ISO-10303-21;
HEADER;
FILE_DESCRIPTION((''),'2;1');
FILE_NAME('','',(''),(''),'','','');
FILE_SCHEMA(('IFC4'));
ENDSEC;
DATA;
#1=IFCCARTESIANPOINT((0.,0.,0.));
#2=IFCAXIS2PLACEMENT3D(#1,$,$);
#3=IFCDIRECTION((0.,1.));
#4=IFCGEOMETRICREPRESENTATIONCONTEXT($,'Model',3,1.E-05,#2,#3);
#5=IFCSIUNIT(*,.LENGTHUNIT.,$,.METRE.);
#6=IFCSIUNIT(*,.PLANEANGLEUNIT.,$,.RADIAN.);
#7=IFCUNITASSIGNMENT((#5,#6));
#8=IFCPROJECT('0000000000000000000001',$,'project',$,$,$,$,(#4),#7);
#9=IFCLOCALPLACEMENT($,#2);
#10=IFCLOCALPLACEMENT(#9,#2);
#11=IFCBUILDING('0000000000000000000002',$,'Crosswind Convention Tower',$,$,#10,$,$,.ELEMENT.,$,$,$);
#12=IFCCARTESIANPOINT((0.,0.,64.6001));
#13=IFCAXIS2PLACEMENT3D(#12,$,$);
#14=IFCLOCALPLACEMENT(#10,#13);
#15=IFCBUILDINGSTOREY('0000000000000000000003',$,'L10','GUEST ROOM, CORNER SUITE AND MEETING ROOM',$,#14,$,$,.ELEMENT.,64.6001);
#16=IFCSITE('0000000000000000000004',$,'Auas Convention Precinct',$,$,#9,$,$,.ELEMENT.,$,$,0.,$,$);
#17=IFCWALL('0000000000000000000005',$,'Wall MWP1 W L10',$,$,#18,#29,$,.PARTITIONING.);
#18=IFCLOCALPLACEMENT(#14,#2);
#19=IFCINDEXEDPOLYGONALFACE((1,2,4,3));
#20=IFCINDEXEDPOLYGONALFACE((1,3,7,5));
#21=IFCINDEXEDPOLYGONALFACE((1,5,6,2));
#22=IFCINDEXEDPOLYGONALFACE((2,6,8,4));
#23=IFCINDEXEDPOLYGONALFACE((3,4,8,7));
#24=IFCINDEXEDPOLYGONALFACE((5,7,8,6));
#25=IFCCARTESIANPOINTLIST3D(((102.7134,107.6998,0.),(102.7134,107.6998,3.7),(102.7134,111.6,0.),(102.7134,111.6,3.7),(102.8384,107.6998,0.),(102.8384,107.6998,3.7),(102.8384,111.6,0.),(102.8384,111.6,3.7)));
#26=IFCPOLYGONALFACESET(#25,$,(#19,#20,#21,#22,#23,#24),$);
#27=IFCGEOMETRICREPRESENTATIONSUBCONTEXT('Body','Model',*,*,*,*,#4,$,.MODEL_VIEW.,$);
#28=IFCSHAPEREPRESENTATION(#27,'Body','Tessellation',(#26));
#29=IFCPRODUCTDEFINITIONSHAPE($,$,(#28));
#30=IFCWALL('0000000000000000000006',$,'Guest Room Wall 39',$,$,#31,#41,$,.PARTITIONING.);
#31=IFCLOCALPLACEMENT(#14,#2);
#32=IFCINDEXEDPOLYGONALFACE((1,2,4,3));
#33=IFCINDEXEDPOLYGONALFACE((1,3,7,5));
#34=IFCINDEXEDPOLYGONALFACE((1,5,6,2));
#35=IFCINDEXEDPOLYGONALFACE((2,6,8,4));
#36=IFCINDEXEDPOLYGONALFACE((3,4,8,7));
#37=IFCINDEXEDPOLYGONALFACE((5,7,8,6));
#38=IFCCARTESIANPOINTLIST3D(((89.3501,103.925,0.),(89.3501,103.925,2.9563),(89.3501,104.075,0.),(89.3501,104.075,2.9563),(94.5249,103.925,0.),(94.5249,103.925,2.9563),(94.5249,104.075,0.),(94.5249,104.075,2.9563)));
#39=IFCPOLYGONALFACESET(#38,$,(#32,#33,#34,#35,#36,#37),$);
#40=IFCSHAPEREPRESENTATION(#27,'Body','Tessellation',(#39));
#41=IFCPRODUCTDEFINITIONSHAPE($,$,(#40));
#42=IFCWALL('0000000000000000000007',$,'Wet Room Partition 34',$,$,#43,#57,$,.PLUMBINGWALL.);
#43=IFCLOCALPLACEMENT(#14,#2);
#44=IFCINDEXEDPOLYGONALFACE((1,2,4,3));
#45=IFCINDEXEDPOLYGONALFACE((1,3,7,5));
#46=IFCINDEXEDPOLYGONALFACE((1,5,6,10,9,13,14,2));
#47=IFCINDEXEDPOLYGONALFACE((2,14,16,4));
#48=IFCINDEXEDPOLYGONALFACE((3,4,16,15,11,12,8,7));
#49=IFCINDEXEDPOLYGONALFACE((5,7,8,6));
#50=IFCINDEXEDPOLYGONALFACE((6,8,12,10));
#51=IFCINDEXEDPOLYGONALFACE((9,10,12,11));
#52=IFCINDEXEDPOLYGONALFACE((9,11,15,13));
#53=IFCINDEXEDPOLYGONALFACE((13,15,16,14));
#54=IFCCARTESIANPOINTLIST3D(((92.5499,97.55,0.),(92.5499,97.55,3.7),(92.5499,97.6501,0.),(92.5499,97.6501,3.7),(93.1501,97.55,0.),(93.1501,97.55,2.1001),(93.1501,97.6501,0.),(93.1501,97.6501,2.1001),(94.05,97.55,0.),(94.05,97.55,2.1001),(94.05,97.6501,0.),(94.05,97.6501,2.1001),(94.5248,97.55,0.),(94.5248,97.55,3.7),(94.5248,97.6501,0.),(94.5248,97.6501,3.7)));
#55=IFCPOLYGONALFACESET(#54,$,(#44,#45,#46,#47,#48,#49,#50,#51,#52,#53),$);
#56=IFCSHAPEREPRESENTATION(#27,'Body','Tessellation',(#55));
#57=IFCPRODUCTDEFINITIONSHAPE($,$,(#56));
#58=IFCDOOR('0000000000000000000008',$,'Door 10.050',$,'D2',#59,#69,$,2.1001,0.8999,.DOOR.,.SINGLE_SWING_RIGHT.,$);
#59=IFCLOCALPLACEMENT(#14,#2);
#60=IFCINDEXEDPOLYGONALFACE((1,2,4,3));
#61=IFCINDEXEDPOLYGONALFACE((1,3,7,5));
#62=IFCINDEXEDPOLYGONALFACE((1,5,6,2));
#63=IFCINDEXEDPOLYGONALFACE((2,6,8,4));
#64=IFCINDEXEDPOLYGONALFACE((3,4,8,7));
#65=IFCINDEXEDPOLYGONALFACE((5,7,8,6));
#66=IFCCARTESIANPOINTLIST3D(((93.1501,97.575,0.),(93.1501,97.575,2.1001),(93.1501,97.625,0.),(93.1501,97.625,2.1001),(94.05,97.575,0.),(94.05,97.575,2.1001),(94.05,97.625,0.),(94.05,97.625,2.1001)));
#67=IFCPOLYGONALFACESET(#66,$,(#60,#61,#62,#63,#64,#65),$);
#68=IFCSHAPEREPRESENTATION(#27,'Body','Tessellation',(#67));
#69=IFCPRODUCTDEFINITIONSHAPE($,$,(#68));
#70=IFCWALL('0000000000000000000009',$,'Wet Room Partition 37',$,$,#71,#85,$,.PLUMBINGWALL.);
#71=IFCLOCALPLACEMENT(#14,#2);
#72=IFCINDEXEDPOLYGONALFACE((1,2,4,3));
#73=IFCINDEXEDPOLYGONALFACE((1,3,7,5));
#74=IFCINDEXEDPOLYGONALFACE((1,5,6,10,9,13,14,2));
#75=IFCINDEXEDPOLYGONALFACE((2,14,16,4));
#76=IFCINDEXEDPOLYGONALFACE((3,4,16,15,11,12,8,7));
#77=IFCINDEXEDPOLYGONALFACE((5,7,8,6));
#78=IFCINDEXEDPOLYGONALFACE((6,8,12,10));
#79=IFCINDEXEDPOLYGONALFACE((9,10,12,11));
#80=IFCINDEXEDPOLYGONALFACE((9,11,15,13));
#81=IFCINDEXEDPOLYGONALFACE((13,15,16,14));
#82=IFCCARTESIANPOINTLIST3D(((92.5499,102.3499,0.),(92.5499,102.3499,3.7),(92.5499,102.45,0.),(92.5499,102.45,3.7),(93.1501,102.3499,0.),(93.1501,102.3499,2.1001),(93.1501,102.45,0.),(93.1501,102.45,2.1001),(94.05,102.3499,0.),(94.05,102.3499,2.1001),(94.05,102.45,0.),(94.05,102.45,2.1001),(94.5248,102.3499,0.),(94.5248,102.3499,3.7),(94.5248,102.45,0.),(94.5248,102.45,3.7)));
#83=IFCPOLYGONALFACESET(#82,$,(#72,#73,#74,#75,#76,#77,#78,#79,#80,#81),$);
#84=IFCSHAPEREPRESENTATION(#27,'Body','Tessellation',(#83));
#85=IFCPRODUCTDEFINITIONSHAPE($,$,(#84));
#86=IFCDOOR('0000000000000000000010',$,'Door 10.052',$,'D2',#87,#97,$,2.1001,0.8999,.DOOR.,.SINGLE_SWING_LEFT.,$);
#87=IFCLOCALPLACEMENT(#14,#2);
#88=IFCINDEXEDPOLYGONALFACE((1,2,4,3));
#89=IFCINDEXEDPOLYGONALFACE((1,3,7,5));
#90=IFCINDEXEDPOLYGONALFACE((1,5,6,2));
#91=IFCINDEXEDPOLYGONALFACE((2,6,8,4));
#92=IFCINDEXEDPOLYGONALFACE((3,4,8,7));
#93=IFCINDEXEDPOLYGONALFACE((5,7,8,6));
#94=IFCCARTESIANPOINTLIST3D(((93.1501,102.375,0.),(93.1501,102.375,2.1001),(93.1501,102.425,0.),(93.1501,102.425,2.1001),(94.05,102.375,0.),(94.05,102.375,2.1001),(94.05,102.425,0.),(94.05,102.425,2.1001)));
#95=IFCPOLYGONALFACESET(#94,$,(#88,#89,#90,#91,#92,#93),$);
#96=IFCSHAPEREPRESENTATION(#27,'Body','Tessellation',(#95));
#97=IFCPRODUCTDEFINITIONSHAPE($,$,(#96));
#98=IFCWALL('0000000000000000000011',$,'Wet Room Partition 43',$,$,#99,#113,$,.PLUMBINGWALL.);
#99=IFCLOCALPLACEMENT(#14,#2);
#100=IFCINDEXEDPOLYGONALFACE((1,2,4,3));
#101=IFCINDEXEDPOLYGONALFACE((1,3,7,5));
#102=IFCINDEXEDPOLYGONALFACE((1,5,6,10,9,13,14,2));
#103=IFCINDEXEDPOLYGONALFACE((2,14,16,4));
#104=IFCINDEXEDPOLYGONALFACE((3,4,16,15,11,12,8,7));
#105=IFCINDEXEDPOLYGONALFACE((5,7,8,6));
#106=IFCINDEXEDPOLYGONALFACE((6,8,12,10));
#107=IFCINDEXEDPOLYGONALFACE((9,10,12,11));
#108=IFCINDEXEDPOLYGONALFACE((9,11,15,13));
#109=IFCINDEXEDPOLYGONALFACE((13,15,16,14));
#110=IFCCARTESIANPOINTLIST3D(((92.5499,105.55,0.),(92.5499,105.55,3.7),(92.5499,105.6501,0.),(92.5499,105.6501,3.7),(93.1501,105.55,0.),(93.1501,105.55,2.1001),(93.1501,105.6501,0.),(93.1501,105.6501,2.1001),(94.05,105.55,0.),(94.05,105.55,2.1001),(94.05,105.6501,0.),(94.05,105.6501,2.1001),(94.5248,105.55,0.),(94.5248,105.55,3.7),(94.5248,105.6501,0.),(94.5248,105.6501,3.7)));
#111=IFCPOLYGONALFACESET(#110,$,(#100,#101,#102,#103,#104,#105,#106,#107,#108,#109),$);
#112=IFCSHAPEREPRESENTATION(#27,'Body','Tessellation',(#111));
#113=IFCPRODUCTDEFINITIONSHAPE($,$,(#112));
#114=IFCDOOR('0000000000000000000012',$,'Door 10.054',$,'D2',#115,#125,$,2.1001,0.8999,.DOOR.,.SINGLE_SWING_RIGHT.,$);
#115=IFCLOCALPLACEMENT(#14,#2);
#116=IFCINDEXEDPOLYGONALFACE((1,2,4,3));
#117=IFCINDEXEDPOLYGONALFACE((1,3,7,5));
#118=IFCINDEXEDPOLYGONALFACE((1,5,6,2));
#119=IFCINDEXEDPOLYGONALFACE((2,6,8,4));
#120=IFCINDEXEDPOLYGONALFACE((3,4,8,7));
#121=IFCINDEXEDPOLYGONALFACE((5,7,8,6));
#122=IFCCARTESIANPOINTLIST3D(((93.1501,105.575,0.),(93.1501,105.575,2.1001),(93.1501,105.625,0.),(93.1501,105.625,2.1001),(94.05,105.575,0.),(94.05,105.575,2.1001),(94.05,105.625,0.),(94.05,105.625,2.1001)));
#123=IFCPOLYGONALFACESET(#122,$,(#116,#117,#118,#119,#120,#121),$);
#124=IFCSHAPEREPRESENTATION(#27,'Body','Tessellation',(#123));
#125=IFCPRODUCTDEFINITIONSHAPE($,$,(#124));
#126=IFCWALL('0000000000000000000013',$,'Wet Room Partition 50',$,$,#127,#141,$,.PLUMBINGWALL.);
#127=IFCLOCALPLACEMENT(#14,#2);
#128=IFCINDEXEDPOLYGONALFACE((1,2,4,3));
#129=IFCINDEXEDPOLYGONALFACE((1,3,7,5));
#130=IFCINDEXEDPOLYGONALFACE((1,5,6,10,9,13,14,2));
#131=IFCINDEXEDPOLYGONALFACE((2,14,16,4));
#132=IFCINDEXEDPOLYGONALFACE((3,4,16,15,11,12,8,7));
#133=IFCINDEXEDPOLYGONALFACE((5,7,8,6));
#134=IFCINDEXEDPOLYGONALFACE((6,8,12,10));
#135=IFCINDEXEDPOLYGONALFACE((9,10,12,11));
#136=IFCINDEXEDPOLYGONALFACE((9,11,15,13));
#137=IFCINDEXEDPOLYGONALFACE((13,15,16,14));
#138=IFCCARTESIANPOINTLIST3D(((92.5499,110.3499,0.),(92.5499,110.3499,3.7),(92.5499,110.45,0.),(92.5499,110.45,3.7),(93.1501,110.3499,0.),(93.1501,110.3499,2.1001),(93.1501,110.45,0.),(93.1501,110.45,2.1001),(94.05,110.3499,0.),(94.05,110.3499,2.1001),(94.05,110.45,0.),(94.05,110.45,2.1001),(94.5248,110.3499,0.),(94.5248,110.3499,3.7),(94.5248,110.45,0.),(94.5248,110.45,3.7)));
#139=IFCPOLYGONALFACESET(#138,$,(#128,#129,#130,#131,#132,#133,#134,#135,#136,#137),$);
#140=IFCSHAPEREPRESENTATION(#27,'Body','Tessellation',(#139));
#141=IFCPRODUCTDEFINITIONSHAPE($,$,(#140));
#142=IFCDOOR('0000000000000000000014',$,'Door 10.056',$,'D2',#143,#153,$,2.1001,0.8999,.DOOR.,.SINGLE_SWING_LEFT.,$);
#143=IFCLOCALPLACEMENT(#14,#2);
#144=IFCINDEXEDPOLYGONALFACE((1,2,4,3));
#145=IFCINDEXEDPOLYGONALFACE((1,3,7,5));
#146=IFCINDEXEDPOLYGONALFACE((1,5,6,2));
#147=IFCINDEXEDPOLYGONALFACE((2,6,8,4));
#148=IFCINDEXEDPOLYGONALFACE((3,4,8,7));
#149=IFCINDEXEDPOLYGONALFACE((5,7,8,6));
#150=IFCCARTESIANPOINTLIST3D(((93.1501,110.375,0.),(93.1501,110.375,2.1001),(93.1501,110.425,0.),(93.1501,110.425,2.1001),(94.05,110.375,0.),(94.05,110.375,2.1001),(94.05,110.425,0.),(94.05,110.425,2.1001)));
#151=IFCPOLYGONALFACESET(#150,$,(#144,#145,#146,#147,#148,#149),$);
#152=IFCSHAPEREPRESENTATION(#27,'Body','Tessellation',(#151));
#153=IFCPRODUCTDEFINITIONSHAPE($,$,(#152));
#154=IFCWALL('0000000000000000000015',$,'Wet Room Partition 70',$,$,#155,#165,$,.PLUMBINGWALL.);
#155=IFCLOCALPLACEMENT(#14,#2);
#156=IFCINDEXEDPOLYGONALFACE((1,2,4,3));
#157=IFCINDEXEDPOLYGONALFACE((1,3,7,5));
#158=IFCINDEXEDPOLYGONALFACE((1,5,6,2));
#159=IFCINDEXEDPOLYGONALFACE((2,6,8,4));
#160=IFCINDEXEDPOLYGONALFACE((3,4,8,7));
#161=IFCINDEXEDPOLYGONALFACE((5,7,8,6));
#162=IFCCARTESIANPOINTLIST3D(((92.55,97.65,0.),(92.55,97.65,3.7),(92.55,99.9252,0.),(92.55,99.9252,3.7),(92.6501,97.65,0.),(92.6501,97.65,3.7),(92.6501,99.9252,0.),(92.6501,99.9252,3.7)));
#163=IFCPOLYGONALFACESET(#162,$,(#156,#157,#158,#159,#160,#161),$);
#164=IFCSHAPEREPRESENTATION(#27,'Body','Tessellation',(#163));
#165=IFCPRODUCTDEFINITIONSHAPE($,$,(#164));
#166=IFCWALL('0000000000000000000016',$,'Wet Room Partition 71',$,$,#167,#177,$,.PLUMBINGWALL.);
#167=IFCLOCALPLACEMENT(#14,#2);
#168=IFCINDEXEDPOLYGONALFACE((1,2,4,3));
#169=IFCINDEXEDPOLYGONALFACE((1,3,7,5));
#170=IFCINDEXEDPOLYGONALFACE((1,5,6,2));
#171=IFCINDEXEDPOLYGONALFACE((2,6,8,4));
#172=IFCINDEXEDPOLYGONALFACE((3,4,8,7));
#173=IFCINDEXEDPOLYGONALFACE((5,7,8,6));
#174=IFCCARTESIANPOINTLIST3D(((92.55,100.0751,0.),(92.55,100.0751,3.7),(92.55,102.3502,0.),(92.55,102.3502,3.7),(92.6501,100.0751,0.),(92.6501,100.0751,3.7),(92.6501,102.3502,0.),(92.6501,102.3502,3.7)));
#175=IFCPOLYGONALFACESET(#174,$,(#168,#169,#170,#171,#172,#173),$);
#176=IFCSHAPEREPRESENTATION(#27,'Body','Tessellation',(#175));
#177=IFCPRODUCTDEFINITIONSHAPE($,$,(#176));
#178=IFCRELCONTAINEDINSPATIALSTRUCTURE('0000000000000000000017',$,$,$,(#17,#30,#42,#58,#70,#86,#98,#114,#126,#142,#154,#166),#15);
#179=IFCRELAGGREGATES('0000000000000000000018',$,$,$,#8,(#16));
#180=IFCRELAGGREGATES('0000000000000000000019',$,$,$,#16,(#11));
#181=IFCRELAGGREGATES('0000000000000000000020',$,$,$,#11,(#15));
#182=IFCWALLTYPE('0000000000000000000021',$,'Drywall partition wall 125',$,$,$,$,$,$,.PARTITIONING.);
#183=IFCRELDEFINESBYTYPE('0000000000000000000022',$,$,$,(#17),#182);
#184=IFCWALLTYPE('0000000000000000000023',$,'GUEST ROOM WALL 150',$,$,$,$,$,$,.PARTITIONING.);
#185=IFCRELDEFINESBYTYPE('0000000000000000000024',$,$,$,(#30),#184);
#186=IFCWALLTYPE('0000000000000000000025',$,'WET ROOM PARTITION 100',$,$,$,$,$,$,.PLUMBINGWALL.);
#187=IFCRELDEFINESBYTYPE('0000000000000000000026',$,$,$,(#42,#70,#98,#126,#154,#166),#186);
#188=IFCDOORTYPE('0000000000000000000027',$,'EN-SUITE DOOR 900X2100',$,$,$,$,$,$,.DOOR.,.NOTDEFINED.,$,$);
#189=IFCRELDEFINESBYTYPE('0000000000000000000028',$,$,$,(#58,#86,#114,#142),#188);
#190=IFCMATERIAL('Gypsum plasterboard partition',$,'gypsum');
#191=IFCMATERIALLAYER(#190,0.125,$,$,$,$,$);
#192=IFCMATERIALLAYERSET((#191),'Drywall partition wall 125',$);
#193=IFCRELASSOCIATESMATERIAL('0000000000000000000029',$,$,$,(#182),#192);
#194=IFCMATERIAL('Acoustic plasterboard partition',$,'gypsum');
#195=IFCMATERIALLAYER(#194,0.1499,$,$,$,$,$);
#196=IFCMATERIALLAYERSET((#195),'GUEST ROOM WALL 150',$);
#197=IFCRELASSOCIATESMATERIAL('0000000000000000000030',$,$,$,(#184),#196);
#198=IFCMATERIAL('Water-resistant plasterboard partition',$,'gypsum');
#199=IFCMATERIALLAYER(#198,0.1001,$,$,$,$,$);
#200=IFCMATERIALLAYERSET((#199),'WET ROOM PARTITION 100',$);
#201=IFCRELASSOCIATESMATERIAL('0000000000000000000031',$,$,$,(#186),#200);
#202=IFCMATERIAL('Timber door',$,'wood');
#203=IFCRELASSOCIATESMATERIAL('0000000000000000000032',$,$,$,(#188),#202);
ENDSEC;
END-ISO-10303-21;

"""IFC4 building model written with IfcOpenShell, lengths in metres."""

from ifc_helpers import new_model, si_unit, direction, frame, frame_2d, origin, place, context, subcontext, project, spatial, rectangle, extrude, material, layer, layer_set, type_object, element, fill, save


model = new_model("IFC4")

# Units and contexts
model_context = context("Model", 3, precision=1e-05, world=origin(), true_north=direction((0.0, 1.0)))
body_context = subcontext(model_context, "Body", "Model", "MODEL_VIEW")
ifc_project = project(units=[si_unit("LENGTHUNIT", "METRE"), si_unit("PLANEANGLEUNIT", "RADIAN")], contexts=[model_context])

# Site, building, storey
site_placement = place(None, origin())
site = spatial("IfcSite", under=ifc_project, at=site_placement, Name="Auas Convention Precinct", CompositionType="ELEMENT", RefElevation=0.0)
building_placement = place(site_placement, origin())
building = spatial("IfcBuilding", under=site, at=building_placement, Name="Crosswind Convention Tower", CompositionType="ELEMENT")
storey_placement = place(building_placement, frame((0.0, 0.0, 64.6001)))
storey = spatial("IfcBuildingStorey", under=building, at=storey_placement, Name="L10", Description="GUEST ROOM, CORNER SUITE AND MEETING ROOM", CompositionType="ELEMENT", Elevation=64.6001)

# Walls
ifc_material_1 = material(Name="Gypsum plasterboard partition", Category="gypsum")
ifc_layer_1 = layer(ifc_material_1, 0.125)
ifc_layer_set_1 = layer_set([ifc_layer_1], Name="Drywall partition wall 125")
wall_type_1 = type_object("IfcWallType", Name="Drywall partition wall 125", PredefinedType="PARTITIONING", material=ifc_layer_set_1)
wall_1_placement = place(storey_placement, frame((102.7759, 111.6001, 0.0), z_axis=(0.0, 0.0, 1.0), x_axis=(0.0, -1.0, 0.0)))
element("IfcWall", 1, at=wall_1_placement, inside=storey, type_object=wall_type_1, Name="Wall MWP1 W L10", PredefinedType="PARTITIONING", context=body_context, shape_type="SweptSolid", body=[
    extrude(rectangle(XDim=3.9001, YDim=0.125, at=frame_2d((1.9502, 0.0))), origin(), (0.0, 0.0, 1.0), 3.7),
])
ifc_material_2 = material(Name="Acoustic plasterboard partition", Category="gypsum")
ifc_layer_2 = layer(ifc_material_2, 0.1499)
ifc_layer_set_2 = layer_set([ifc_layer_2], Name="GUEST ROOM WALL 150")
wall_type_2 = type_object("IfcWallType", Name="GUEST ROOM WALL 150", PredefinedType="PARTITIONING", material=ifc_layer_set_2)
wall_2_placement = place(storey_placement, frame((89.3501, 104.0, 0.0), z_axis=(0.0, 0.0, 1.0), x_axis=(1.0, 0.0, 0.0)))
element("IfcWall", 2, at=wall_2_placement, inside=storey, type_object=wall_type_2, Name="Guest Room Wall 39", PredefinedType="PARTITIONING", context=body_context, shape_type="SweptSolid", body=[
    extrude(rectangle(XDim=5.1748, YDim=0.1499, at=frame_2d((2.5874, 0.0))), origin(), (0.0, 0.0, 1.0), 2.9563),
])

# Walls, openings, doors
ifc_material_3 = material(Name="Water-resistant plasterboard partition", Category="gypsum")
ifc_layer_3 = layer(ifc_material_3, 0.1001)
ifc_layer_set_3 = layer_set([ifc_layer_3], Name="WET ROOM PARTITION 100")
wall_type_3 = type_object("IfcWallType", Name="WET ROOM PARTITION 100", PredefinedType="PLUMBINGWALL", material=ifc_layer_set_3)
wall_3_placement = place(storey_placement, frame((92.55, 97.6001, 0.0), z_axis=(0.0, 0.0, 1.0), x_axis=(1.0, 0.0, 0.0)))
wall_3 = element("IfcWall", 3, at=wall_3_placement, inside=storey, type_object=wall_type_3, Name="Wet Room Partition 34", PredefinedType="PLUMBINGWALL", context=body_context, shape_type="SweptSolid", body=[
    extrude(rectangle(XDim=1.9749, YDim=0.1001, at=frame_2d((0.9873, 0.0))), origin(), (0.0, 0.0, 1.0), 3.7),
])
opening_1_placement = place(wall_3_placement, frame((0.6001, 0.0, 0.0)))
opening_1 = element("IfcOpeningElement", 4, at=opening_1_placement, cuts=wall_3, PredefinedType="OPENING", context=body_context, shape_type="SweptSolid", body=[
    extrude(rectangle(XDim=0.8999, YDim=2.1001, at=frame_2d((0.45, 1.05))), frame((0.0, 0.0601, 0.0), z_axis=(0.0, -1.0, 0.0), x_axis=(1.0, 0.0, 0.0)), (0.0, 0.0, 1.0), 0.1201),
])
ifc_material_4 = material(Name="Timber door", Category="wood")
door_type_1 = type_object("IfcDoorType", Name="EN-SUITE DOOR 900X2100", OperationType="NOTDEFINED", PredefinedType="DOOR", material=ifc_material_4)
door_1_placement = place(opening_1_placement, origin())
door_1 = element("IfcDoor", 5, at=door_1_placement, inside=storey, type_object=door_type_1, Name="Door 10.050", ObjectType="D2", OperationType="SINGLE_SWING_RIGHT", OverallHeight=2.1001, OverallWidth=0.8999, PredefinedType="DOOR", context=body_context, shape_type="SweptSolid", body=[
    extrude(rectangle(XDim=0.8999, YDim=2.1001, at=frame_2d((0.45, 1.05))), frame((0.0, 0.0249, 0.0), z_axis=(0.0, -1.0, 0.0), x_axis=(1.0, 0.0, 0.0)), (0.0, 0.0, 1.0), 0.05),
])
fill(opening_1, door_1)
wall_4_placement = place(storey_placement, frame((92.55, 102.3999, 0.0), z_axis=(0.0, 0.0, 1.0), x_axis=(1.0, 0.0, 0.0)))
wall_4 = element("IfcWall", 6, at=wall_4_placement, inside=storey, type_object=wall_type_3, Name="Wet Room Partition 37", PredefinedType="PLUMBINGWALL", context=body_context, shape_type="SweptSolid", body=[
    extrude(rectangle(XDim=1.9749, YDim=0.1001, at=frame_2d((0.9873, 0.0))), origin(), (0.0, 0.0, 1.0), 3.7),
])
opening_2_placement = place(wall_4_placement, frame((0.6001, 0.0, 0.0)))
opening_2 = element("IfcOpeningElement", 7, at=opening_2_placement, cuts=wall_4, PredefinedType="OPENING", context=body_context, shape_type="SweptSolid", body=[
    extrude(rectangle(XDim=0.8999, YDim=2.1001, at=frame_2d((0.45, 1.05))), frame((0.0, 0.0601, 0.0), z_axis=(0.0, -1.0, 0.0), x_axis=(1.0, 0.0, 0.0)), (0.0, 0.0, 1.0), 0.1201),
])
door_2_placement = place(opening_2_placement, frame((0.8999, 0.0, 0.0), z_axis=(0.0, 0.0, 1.0), x_axis=(-1.0, 0.0, 0.0)))
door_2 = element("IfcDoor", 8, at=door_2_placement, inside=storey, type_object=door_type_1, Name="Door 10.052", ObjectType="D2", OperationType="SINGLE_SWING_LEFT", OverallHeight=2.1001, OverallWidth=0.8999, PredefinedType="DOOR", context=body_context, shape_type="SweptSolid", body=[
    extrude(rectangle(XDim=0.8999, YDim=2.1001, at=frame_2d((0.45, 1.05))), frame((0.0, 0.0249, 0.0), z_axis=(0.0, -1.0, 0.0), x_axis=(1.0, 0.0, 0.0)), (0.0, 0.0, 1.0), 0.05),
])
fill(opening_2, door_2)
wall_5_placement = place(storey_placement, frame((92.55, 105.6001, 0.0), z_axis=(0.0, 0.0, 1.0), x_axis=(1.0, 0.0, 0.0)))
wall_5 = element("IfcWall", 9, at=wall_5_placement, inside=storey, type_object=wall_type_3, Name="Wet Room Partition 43", PredefinedType="PLUMBINGWALL", context=body_context, shape_type="SweptSolid", body=[
    extrude(rectangle(XDim=1.9749, YDim=0.1001, at=frame_2d((0.9873, 0.0))), origin(), (0.0, 0.0, 1.0), 3.7),
])
opening_3_placement = place(wall_5_placement, frame((0.6001, 0.0, 0.0)))
opening_3 = element("IfcOpeningElement", 10, at=opening_3_placement, cuts=wall_5, PredefinedType="OPENING", context=body_context, shape_type="SweptSolid", body=[
    extrude(rectangle(XDim=0.8999, YDim=2.1001, at=frame_2d((0.45, 1.05))), frame((0.0, 0.0601, 0.0), z_axis=(0.0, -1.0, 0.0), x_axis=(1.0, 0.0, 0.0)), (0.0, 0.0, 1.0), 0.1201),
])
door_3_placement = place(opening_3_placement, origin())
door_3 = element("IfcDoor", 11, at=door_3_placement, inside=storey, type_object=door_type_1, Name="Door 10.054", ObjectType="D2", OperationType="SINGLE_SWING_RIGHT", OverallHeight=2.1001, OverallWidth=0.8999, PredefinedType="DOOR", context=body_context, shape_type="SweptSolid", body=[
    extrude(rectangle(XDim=0.8999, YDim=2.1001, at=frame_2d((0.45, 1.05))), frame((0.0, 0.0249, 0.0), z_axis=(0.0, -1.0, 0.0), x_axis=(1.0, 0.0, 0.0)), (0.0, 0.0, 1.0), 0.05),
])
fill(opening_3, door_3)
wall_6_placement = place(storey_placement, frame((92.55, 110.3999, 0.0), z_axis=(0.0, 0.0, 1.0), x_axis=(1.0, 0.0, 0.0)))
wall_6 = element("IfcWall", 12, at=wall_6_placement, inside=storey, type_object=wall_type_3, Name="Wet Room Partition 50", PredefinedType="PLUMBINGWALL", context=body_context, shape_type="SweptSolid", body=[
    extrude(rectangle(XDim=1.9749, YDim=0.1001, at=frame_2d((0.9873, 0.0))), origin(), (0.0, 0.0, 1.0), 3.7),
])
opening_4_placement = place(wall_6_placement, frame((0.6001, 0.0, 0.0)))
opening_4 = element("IfcOpeningElement", 13, at=opening_4_placement, cuts=wall_6, PredefinedType="OPENING", context=body_context, shape_type="SweptSolid", body=[
    extrude(rectangle(XDim=0.8999, YDim=2.1001, at=frame_2d((0.45, 1.05))), frame((0.0, 0.0601, 0.0), z_axis=(0.0, -1.0, 0.0), x_axis=(1.0, 0.0, 0.0)), (0.0, 0.0, 1.0), 0.1201),
])
door_4_placement = place(opening_4_placement, frame((0.8999, 0.0, 0.0), z_axis=(0.0, 0.0, 1.0), x_axis=(-1.0, 0.0, 0.0)))
door_4 = element("IfcDoor", 14, at=door_4_placement, inside=storey, type_object=door_type_1, Name="Door 10.056", ObjectType="D2", OperationType="SINGLE_SWING_LEFT", OverallHeight=2.1001, OverallWidth=0.8999, PredefinedType="DOOR", context=body_context, shape_type="SweptSolid", body=[
    extrude(rectangle(XDim=0.8999, YDim=2.1001, at=frame_2d((0.45, 1.05))), frame((0.0, 0.0249, 0.0), z_axis=(0.0, -1.0, 0.0), x_axis=(1.0, 0.0, 0.0)), (0.0, 0.0, 1.0), 0.05),
])
fill(opening_4, door_4)

# Walls
for number, where, z_axis, x_axis, name in (
    (15, (92.6001, 97.6499, 0.0), (0.0, 0.0, 1.0), (0.0, 1.0, 0.0), "Wet Room Partition 70"),
    (16, (92.6001, 100.075, 0.0), (0.0, 0.0, 1.0), (0.0, 1.0, 0.0), "Wet Room Partition 71"),
):
    element("IfcWall", number, at=place(storey_placement, frame(where, z_axis=z_axis, x_axis=x_axis)), inside=storey, type_object=wall_type_3, Name=name, PredefinedType="PLUMBINGWALL", context=body_context, shape_type="SweptSolid", body=[
        extrude(rectangle(XDim=2.2751, YDim=0.1001, at=frame_2d((1.1377, 0.0))), origin(), (0.0, 0.0, 1.0), 3.7),
    ])

save(model, "model.ifc")
